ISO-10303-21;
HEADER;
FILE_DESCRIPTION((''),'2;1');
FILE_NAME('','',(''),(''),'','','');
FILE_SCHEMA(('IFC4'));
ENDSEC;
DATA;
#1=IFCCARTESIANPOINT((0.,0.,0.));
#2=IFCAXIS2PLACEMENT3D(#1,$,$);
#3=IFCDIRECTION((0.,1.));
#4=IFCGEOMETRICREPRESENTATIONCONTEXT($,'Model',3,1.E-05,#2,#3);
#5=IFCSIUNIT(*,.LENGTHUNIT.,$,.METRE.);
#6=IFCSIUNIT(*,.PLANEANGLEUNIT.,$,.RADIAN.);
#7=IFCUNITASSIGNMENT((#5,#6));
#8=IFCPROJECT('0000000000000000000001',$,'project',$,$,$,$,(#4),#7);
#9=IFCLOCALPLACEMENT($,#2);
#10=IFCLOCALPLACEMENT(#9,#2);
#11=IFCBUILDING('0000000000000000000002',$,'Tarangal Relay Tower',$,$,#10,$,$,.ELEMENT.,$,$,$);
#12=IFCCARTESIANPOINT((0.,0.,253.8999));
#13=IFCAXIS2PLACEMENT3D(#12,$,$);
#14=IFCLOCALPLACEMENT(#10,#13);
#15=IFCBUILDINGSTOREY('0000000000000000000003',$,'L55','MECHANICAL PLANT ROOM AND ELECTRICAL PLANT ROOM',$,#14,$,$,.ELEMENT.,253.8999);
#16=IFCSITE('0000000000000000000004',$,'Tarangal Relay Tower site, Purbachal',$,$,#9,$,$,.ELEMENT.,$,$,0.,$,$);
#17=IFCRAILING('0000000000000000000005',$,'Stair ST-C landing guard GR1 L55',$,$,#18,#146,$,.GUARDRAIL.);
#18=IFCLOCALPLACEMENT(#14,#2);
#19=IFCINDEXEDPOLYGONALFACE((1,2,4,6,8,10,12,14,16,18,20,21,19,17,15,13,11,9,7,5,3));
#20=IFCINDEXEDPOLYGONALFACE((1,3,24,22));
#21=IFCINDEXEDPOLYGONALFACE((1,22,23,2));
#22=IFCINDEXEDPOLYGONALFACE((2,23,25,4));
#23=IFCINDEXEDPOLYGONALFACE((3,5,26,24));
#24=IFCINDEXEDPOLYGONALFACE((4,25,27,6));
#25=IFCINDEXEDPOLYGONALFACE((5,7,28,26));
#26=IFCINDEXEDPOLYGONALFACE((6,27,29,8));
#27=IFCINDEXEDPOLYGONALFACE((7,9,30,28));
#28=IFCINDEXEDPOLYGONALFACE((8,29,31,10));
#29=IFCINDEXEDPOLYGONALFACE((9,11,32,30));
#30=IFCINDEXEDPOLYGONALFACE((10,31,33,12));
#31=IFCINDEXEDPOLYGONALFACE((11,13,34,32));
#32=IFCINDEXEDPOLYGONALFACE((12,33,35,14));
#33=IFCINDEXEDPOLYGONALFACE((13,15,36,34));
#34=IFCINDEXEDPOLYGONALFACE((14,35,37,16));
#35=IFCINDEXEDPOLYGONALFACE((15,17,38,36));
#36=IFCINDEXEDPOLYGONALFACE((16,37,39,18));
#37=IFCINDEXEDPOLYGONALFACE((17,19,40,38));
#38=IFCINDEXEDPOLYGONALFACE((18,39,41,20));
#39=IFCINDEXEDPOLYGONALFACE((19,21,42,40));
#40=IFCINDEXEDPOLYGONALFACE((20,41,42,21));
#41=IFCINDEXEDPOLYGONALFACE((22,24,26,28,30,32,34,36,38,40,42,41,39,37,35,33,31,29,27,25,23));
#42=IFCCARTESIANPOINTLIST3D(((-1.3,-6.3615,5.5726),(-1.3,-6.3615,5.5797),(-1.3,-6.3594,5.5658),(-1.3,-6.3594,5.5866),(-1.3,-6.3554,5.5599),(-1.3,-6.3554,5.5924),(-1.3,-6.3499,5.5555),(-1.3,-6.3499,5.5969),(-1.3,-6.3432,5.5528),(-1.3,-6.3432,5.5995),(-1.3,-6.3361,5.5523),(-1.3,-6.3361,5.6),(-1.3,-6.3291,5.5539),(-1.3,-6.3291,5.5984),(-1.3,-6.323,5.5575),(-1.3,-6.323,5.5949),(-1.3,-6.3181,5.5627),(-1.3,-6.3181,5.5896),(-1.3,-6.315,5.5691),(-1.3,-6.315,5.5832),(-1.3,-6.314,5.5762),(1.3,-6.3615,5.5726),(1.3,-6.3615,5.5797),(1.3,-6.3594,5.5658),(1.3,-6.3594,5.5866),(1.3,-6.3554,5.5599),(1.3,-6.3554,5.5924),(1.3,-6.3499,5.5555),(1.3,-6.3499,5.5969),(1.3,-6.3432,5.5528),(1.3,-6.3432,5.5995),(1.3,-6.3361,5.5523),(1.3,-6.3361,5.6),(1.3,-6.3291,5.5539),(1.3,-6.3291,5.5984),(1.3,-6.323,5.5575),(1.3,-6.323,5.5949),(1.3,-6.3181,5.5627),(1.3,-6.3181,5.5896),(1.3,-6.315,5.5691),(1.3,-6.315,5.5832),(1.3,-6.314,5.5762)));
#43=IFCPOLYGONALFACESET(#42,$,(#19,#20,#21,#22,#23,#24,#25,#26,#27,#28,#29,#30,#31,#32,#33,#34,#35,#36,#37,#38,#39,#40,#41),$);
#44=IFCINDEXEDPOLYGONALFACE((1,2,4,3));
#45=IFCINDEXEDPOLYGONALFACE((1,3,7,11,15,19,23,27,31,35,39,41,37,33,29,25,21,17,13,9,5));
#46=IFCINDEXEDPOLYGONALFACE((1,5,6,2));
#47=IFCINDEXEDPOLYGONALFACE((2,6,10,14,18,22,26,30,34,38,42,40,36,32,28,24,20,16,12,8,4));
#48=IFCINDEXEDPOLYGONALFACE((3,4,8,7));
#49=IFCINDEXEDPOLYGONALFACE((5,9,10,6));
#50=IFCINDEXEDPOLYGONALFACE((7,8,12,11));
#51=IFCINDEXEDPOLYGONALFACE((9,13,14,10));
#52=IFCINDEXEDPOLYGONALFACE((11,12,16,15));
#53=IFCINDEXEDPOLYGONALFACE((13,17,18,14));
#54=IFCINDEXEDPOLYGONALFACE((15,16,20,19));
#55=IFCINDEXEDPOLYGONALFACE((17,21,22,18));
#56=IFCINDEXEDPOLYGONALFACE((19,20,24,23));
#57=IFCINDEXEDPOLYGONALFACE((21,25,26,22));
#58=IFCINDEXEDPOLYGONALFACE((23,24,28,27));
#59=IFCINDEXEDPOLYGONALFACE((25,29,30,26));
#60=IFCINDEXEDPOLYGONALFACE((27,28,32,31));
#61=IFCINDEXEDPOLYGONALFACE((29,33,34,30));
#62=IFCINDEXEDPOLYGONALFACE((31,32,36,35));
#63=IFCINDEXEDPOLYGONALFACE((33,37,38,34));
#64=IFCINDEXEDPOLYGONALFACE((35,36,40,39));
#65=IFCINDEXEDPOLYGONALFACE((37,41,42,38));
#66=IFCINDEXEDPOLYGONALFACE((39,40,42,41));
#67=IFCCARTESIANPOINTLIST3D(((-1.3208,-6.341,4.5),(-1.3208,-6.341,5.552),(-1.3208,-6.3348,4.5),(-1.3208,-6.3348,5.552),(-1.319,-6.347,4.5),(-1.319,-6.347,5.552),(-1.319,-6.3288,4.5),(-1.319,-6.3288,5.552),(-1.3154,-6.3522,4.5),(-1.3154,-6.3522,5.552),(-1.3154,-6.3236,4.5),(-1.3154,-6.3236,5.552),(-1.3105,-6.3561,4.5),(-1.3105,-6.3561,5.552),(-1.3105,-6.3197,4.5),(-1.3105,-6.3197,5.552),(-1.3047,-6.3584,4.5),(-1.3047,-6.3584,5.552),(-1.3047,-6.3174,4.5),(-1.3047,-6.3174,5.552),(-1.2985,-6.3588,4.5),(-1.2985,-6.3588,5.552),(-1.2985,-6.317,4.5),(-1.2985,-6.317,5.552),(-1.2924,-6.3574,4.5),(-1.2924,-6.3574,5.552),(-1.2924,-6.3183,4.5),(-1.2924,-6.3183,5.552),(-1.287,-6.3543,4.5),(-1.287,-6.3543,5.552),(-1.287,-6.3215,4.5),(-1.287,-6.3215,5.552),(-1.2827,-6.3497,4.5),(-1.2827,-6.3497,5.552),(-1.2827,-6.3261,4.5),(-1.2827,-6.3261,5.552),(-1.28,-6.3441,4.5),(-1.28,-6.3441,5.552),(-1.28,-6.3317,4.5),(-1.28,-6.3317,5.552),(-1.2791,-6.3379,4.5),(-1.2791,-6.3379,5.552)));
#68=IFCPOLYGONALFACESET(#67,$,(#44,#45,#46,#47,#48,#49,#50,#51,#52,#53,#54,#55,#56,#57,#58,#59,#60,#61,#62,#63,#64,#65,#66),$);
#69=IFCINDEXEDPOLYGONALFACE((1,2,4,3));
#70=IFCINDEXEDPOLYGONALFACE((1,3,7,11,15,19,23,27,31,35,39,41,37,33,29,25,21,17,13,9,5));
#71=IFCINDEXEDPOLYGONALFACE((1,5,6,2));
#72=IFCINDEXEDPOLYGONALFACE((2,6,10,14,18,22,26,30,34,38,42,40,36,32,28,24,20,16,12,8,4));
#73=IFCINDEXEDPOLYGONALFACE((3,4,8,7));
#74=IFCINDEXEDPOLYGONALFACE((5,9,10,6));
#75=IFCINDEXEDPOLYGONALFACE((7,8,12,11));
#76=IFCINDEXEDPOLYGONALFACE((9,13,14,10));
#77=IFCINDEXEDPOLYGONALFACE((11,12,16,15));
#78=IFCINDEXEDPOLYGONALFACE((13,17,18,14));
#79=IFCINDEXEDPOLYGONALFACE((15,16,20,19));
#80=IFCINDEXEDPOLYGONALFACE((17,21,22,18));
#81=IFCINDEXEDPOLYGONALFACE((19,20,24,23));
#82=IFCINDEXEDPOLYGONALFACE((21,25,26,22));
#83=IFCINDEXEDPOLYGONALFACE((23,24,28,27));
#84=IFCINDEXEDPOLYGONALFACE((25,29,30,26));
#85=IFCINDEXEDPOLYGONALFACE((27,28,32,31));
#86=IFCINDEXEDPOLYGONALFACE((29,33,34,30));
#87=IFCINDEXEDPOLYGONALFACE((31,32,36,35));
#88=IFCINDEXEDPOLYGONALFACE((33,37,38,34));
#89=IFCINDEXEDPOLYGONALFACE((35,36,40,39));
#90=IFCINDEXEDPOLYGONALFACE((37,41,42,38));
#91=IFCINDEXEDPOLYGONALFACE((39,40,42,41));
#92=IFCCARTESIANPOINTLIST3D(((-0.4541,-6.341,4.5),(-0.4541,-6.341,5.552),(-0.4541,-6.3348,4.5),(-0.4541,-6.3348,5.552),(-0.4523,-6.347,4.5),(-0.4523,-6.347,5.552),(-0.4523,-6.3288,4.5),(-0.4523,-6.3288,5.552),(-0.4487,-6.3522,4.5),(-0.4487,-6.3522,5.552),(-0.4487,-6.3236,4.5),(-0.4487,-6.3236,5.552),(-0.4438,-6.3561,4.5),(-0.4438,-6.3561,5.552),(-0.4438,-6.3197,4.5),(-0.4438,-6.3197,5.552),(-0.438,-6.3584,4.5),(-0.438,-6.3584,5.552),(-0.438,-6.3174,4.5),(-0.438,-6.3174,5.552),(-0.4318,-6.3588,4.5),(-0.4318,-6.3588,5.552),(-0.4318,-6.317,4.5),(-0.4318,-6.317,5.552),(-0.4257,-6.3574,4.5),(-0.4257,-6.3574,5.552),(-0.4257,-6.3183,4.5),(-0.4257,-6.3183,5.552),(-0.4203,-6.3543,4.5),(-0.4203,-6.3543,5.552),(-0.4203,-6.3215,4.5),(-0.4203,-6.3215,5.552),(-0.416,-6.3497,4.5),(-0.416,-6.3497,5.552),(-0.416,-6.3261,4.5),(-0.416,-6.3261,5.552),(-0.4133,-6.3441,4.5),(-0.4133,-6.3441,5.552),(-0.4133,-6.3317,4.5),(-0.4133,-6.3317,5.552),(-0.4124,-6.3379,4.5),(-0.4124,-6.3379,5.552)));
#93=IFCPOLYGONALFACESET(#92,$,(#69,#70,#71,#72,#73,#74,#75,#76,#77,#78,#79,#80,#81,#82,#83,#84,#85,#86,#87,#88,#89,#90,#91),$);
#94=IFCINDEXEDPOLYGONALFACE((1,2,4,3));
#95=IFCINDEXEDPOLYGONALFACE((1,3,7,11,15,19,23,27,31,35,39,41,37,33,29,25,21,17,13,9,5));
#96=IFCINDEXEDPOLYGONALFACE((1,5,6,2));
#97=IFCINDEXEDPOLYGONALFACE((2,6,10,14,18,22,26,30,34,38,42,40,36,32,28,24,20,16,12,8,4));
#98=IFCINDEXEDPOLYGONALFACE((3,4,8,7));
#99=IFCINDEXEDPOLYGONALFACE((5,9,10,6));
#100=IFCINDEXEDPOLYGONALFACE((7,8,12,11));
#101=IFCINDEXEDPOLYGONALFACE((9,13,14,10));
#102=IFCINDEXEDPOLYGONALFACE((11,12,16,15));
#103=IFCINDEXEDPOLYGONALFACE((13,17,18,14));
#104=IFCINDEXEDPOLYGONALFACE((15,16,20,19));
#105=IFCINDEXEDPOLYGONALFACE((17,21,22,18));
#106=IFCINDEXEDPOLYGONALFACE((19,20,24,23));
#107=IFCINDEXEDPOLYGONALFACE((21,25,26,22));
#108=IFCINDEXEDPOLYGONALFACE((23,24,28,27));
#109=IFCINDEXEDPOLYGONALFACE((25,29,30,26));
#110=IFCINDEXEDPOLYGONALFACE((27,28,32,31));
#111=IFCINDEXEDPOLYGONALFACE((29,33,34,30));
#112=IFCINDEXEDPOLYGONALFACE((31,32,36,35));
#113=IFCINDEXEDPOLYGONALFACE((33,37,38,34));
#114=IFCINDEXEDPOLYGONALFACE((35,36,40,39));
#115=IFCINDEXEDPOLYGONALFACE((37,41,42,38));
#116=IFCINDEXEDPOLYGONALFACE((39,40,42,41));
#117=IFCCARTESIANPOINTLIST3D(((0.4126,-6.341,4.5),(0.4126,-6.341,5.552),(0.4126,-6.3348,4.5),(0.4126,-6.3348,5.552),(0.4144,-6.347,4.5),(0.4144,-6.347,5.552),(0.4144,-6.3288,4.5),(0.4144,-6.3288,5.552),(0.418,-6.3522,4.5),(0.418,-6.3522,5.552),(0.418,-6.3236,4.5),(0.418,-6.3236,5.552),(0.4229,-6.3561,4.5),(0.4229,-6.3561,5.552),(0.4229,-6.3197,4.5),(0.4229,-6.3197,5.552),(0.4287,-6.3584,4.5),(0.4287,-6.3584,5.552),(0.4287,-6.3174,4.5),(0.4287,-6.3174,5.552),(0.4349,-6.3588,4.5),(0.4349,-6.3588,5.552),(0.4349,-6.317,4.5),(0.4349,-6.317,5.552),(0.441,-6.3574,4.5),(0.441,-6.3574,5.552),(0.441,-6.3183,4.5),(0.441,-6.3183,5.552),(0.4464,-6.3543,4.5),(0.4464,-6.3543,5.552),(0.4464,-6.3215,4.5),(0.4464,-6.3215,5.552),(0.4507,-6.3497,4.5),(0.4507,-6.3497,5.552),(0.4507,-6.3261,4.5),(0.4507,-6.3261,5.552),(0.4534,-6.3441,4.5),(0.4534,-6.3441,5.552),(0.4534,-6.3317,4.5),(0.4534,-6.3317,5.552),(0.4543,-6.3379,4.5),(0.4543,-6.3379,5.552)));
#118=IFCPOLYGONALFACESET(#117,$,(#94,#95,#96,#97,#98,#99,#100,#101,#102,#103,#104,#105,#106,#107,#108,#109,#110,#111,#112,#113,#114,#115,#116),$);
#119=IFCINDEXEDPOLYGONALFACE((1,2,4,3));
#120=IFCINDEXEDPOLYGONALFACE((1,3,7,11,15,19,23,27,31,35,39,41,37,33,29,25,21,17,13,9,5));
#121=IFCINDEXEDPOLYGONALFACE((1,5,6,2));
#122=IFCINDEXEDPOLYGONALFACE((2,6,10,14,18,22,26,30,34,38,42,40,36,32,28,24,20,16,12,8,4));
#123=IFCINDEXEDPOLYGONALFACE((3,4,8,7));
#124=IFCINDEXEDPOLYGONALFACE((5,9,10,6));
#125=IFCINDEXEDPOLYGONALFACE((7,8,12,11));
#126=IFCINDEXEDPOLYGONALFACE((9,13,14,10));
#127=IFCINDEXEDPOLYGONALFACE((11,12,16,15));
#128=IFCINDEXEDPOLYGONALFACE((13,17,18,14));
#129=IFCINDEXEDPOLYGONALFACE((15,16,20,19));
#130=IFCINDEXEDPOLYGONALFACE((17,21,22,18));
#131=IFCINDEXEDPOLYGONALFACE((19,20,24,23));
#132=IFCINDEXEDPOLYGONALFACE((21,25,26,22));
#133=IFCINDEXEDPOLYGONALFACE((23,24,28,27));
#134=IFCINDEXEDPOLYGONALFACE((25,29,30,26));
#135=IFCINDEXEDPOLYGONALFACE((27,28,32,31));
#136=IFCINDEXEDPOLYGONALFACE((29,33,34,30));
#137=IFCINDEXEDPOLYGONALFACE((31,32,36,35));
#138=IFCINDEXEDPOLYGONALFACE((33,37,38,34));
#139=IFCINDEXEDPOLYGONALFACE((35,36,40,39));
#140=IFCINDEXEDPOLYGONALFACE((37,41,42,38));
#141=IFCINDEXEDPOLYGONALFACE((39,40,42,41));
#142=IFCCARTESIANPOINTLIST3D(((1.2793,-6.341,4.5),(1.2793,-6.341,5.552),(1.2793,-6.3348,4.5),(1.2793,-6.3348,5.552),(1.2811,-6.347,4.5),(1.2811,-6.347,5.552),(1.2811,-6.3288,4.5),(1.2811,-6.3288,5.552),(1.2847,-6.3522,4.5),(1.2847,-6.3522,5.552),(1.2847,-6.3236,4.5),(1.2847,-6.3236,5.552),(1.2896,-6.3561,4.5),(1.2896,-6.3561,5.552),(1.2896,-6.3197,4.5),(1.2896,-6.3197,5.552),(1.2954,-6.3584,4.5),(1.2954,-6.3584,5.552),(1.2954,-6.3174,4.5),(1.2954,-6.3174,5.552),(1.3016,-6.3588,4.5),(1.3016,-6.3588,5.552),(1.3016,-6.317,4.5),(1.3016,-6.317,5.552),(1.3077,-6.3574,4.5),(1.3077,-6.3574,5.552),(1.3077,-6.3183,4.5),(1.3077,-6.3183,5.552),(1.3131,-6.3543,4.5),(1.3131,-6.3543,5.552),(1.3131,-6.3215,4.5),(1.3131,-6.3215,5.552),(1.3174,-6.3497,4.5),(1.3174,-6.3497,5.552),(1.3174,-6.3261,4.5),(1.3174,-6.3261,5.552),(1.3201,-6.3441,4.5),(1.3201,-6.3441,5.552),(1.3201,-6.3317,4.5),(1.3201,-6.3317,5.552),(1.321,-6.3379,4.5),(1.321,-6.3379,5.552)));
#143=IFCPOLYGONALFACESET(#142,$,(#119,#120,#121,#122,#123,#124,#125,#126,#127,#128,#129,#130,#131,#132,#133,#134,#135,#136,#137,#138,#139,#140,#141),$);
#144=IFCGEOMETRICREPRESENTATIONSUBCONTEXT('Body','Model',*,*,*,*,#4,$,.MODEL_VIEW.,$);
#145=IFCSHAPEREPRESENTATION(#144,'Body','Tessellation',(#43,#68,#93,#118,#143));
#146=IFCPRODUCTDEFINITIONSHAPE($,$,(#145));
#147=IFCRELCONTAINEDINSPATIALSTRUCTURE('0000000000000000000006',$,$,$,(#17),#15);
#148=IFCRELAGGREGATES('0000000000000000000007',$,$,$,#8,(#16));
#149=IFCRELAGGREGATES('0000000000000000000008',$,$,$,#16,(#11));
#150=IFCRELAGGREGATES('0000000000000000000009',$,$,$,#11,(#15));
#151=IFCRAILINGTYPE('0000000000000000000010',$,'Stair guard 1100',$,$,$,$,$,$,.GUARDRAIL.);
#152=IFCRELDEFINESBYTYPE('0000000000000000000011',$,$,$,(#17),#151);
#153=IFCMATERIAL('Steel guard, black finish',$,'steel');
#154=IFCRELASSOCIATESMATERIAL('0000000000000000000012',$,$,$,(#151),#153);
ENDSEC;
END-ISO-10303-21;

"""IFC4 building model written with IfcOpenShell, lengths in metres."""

from ifc_helpers import new_model, si_unit, direction, frame, origin, origin_2d, place, context, subcontext, project, spatial, circle, extrude, material, type_object, element, save


model = new_model("IFC4")

# Units and contexts
model_context = context("Model", 3, precision=1e-05, world=origin(), true_north=direction((0.0, 1.0)))
body_context = subcontext(model_context, "Body", "Model", "MODEL_VIEW")
ifc_project = project(units=[si_unit("LENGTHUNIT", "METRE"), si_unit("PLANEANGLEUNIT", "RADIAN")], contexts=[model_context])

# Site, building, storey
site_placement = place(None, origin())
site = spatial("IfcSite", under=ifc_project, at=site_placement, Name="Tarangal Relay Tower site, Purbachal", CompositionType="ELEMENT", RefElevation=0.0)
building_placement = place(site_placement, origin())
building = spatial("IfcBuilding", under=site, at=building_placement, Name="Tarangal Relay Tower", CompositionType="ELEMENT")
storey_placement = place(building_placement, frame((0.0, 0.0, 253.8999)))
storey = spatial("IfcBuildingStorey", under=building, at=storey_placement, Name="L55", Description="MECHANICAL PLANT ROOM AND ELECTRICAL PLANT ROOM", CompositionType="ELEMENT", Elevation=253.8999)

# Railing
ifc_material_1 = material(Name="Steel guard, black finish", Category="steel")
railing_type_1 = type_object("IfcRailingType", Name="Stair guard 1100", PredefinedType="GUARDRAIL", material=ifc_material_1)
for number, where, name in (
    (1, (-1.3, -6.3379, 4.5), "Stair ST-C landing guard GR1 L55"),
):
    element("IfcRailing", number, at=place(storey_placement, frame(where)), inside=storey, type_object=railing_type_1, Name=name, PredefinedType="GUARDRAIL", context=body_context, shape_type="SweptSolid", body=[
        extrude(circle(Radius=0.0239, at=origin_2d()), frame((0.0, 0.0, 1.0762), z_axis=(1.0, 0.0, 0.0), x_axis=(0.0, 1.0, 0.0)), (0.0, 0.0, 1.0), 2.6001),
        extrude(circle(Radius=0.021, at=origin_2d()), origin(), (0.0, 0.0, 1.0), 1.052),
        extrude(circle(Radius=0.021, at=origin_2d()), frame((0.8667, 0.0, 0.0)), (0.0, 0.0, 1.0), 1.052),
        extrude(circle(Radius=0.021, at=origin_2d()), frame((1.7334, 0.0, 0.0)), (0.0, 0.0, 1.0), 1.052),
        extrude(circle(Radius=0.021, at=origin_2d()), frame((2.6001, 0.0, 0.0)), (0.0, 0.0, 1.0), 1.052),
    ])

save(model, "model.ifc")
